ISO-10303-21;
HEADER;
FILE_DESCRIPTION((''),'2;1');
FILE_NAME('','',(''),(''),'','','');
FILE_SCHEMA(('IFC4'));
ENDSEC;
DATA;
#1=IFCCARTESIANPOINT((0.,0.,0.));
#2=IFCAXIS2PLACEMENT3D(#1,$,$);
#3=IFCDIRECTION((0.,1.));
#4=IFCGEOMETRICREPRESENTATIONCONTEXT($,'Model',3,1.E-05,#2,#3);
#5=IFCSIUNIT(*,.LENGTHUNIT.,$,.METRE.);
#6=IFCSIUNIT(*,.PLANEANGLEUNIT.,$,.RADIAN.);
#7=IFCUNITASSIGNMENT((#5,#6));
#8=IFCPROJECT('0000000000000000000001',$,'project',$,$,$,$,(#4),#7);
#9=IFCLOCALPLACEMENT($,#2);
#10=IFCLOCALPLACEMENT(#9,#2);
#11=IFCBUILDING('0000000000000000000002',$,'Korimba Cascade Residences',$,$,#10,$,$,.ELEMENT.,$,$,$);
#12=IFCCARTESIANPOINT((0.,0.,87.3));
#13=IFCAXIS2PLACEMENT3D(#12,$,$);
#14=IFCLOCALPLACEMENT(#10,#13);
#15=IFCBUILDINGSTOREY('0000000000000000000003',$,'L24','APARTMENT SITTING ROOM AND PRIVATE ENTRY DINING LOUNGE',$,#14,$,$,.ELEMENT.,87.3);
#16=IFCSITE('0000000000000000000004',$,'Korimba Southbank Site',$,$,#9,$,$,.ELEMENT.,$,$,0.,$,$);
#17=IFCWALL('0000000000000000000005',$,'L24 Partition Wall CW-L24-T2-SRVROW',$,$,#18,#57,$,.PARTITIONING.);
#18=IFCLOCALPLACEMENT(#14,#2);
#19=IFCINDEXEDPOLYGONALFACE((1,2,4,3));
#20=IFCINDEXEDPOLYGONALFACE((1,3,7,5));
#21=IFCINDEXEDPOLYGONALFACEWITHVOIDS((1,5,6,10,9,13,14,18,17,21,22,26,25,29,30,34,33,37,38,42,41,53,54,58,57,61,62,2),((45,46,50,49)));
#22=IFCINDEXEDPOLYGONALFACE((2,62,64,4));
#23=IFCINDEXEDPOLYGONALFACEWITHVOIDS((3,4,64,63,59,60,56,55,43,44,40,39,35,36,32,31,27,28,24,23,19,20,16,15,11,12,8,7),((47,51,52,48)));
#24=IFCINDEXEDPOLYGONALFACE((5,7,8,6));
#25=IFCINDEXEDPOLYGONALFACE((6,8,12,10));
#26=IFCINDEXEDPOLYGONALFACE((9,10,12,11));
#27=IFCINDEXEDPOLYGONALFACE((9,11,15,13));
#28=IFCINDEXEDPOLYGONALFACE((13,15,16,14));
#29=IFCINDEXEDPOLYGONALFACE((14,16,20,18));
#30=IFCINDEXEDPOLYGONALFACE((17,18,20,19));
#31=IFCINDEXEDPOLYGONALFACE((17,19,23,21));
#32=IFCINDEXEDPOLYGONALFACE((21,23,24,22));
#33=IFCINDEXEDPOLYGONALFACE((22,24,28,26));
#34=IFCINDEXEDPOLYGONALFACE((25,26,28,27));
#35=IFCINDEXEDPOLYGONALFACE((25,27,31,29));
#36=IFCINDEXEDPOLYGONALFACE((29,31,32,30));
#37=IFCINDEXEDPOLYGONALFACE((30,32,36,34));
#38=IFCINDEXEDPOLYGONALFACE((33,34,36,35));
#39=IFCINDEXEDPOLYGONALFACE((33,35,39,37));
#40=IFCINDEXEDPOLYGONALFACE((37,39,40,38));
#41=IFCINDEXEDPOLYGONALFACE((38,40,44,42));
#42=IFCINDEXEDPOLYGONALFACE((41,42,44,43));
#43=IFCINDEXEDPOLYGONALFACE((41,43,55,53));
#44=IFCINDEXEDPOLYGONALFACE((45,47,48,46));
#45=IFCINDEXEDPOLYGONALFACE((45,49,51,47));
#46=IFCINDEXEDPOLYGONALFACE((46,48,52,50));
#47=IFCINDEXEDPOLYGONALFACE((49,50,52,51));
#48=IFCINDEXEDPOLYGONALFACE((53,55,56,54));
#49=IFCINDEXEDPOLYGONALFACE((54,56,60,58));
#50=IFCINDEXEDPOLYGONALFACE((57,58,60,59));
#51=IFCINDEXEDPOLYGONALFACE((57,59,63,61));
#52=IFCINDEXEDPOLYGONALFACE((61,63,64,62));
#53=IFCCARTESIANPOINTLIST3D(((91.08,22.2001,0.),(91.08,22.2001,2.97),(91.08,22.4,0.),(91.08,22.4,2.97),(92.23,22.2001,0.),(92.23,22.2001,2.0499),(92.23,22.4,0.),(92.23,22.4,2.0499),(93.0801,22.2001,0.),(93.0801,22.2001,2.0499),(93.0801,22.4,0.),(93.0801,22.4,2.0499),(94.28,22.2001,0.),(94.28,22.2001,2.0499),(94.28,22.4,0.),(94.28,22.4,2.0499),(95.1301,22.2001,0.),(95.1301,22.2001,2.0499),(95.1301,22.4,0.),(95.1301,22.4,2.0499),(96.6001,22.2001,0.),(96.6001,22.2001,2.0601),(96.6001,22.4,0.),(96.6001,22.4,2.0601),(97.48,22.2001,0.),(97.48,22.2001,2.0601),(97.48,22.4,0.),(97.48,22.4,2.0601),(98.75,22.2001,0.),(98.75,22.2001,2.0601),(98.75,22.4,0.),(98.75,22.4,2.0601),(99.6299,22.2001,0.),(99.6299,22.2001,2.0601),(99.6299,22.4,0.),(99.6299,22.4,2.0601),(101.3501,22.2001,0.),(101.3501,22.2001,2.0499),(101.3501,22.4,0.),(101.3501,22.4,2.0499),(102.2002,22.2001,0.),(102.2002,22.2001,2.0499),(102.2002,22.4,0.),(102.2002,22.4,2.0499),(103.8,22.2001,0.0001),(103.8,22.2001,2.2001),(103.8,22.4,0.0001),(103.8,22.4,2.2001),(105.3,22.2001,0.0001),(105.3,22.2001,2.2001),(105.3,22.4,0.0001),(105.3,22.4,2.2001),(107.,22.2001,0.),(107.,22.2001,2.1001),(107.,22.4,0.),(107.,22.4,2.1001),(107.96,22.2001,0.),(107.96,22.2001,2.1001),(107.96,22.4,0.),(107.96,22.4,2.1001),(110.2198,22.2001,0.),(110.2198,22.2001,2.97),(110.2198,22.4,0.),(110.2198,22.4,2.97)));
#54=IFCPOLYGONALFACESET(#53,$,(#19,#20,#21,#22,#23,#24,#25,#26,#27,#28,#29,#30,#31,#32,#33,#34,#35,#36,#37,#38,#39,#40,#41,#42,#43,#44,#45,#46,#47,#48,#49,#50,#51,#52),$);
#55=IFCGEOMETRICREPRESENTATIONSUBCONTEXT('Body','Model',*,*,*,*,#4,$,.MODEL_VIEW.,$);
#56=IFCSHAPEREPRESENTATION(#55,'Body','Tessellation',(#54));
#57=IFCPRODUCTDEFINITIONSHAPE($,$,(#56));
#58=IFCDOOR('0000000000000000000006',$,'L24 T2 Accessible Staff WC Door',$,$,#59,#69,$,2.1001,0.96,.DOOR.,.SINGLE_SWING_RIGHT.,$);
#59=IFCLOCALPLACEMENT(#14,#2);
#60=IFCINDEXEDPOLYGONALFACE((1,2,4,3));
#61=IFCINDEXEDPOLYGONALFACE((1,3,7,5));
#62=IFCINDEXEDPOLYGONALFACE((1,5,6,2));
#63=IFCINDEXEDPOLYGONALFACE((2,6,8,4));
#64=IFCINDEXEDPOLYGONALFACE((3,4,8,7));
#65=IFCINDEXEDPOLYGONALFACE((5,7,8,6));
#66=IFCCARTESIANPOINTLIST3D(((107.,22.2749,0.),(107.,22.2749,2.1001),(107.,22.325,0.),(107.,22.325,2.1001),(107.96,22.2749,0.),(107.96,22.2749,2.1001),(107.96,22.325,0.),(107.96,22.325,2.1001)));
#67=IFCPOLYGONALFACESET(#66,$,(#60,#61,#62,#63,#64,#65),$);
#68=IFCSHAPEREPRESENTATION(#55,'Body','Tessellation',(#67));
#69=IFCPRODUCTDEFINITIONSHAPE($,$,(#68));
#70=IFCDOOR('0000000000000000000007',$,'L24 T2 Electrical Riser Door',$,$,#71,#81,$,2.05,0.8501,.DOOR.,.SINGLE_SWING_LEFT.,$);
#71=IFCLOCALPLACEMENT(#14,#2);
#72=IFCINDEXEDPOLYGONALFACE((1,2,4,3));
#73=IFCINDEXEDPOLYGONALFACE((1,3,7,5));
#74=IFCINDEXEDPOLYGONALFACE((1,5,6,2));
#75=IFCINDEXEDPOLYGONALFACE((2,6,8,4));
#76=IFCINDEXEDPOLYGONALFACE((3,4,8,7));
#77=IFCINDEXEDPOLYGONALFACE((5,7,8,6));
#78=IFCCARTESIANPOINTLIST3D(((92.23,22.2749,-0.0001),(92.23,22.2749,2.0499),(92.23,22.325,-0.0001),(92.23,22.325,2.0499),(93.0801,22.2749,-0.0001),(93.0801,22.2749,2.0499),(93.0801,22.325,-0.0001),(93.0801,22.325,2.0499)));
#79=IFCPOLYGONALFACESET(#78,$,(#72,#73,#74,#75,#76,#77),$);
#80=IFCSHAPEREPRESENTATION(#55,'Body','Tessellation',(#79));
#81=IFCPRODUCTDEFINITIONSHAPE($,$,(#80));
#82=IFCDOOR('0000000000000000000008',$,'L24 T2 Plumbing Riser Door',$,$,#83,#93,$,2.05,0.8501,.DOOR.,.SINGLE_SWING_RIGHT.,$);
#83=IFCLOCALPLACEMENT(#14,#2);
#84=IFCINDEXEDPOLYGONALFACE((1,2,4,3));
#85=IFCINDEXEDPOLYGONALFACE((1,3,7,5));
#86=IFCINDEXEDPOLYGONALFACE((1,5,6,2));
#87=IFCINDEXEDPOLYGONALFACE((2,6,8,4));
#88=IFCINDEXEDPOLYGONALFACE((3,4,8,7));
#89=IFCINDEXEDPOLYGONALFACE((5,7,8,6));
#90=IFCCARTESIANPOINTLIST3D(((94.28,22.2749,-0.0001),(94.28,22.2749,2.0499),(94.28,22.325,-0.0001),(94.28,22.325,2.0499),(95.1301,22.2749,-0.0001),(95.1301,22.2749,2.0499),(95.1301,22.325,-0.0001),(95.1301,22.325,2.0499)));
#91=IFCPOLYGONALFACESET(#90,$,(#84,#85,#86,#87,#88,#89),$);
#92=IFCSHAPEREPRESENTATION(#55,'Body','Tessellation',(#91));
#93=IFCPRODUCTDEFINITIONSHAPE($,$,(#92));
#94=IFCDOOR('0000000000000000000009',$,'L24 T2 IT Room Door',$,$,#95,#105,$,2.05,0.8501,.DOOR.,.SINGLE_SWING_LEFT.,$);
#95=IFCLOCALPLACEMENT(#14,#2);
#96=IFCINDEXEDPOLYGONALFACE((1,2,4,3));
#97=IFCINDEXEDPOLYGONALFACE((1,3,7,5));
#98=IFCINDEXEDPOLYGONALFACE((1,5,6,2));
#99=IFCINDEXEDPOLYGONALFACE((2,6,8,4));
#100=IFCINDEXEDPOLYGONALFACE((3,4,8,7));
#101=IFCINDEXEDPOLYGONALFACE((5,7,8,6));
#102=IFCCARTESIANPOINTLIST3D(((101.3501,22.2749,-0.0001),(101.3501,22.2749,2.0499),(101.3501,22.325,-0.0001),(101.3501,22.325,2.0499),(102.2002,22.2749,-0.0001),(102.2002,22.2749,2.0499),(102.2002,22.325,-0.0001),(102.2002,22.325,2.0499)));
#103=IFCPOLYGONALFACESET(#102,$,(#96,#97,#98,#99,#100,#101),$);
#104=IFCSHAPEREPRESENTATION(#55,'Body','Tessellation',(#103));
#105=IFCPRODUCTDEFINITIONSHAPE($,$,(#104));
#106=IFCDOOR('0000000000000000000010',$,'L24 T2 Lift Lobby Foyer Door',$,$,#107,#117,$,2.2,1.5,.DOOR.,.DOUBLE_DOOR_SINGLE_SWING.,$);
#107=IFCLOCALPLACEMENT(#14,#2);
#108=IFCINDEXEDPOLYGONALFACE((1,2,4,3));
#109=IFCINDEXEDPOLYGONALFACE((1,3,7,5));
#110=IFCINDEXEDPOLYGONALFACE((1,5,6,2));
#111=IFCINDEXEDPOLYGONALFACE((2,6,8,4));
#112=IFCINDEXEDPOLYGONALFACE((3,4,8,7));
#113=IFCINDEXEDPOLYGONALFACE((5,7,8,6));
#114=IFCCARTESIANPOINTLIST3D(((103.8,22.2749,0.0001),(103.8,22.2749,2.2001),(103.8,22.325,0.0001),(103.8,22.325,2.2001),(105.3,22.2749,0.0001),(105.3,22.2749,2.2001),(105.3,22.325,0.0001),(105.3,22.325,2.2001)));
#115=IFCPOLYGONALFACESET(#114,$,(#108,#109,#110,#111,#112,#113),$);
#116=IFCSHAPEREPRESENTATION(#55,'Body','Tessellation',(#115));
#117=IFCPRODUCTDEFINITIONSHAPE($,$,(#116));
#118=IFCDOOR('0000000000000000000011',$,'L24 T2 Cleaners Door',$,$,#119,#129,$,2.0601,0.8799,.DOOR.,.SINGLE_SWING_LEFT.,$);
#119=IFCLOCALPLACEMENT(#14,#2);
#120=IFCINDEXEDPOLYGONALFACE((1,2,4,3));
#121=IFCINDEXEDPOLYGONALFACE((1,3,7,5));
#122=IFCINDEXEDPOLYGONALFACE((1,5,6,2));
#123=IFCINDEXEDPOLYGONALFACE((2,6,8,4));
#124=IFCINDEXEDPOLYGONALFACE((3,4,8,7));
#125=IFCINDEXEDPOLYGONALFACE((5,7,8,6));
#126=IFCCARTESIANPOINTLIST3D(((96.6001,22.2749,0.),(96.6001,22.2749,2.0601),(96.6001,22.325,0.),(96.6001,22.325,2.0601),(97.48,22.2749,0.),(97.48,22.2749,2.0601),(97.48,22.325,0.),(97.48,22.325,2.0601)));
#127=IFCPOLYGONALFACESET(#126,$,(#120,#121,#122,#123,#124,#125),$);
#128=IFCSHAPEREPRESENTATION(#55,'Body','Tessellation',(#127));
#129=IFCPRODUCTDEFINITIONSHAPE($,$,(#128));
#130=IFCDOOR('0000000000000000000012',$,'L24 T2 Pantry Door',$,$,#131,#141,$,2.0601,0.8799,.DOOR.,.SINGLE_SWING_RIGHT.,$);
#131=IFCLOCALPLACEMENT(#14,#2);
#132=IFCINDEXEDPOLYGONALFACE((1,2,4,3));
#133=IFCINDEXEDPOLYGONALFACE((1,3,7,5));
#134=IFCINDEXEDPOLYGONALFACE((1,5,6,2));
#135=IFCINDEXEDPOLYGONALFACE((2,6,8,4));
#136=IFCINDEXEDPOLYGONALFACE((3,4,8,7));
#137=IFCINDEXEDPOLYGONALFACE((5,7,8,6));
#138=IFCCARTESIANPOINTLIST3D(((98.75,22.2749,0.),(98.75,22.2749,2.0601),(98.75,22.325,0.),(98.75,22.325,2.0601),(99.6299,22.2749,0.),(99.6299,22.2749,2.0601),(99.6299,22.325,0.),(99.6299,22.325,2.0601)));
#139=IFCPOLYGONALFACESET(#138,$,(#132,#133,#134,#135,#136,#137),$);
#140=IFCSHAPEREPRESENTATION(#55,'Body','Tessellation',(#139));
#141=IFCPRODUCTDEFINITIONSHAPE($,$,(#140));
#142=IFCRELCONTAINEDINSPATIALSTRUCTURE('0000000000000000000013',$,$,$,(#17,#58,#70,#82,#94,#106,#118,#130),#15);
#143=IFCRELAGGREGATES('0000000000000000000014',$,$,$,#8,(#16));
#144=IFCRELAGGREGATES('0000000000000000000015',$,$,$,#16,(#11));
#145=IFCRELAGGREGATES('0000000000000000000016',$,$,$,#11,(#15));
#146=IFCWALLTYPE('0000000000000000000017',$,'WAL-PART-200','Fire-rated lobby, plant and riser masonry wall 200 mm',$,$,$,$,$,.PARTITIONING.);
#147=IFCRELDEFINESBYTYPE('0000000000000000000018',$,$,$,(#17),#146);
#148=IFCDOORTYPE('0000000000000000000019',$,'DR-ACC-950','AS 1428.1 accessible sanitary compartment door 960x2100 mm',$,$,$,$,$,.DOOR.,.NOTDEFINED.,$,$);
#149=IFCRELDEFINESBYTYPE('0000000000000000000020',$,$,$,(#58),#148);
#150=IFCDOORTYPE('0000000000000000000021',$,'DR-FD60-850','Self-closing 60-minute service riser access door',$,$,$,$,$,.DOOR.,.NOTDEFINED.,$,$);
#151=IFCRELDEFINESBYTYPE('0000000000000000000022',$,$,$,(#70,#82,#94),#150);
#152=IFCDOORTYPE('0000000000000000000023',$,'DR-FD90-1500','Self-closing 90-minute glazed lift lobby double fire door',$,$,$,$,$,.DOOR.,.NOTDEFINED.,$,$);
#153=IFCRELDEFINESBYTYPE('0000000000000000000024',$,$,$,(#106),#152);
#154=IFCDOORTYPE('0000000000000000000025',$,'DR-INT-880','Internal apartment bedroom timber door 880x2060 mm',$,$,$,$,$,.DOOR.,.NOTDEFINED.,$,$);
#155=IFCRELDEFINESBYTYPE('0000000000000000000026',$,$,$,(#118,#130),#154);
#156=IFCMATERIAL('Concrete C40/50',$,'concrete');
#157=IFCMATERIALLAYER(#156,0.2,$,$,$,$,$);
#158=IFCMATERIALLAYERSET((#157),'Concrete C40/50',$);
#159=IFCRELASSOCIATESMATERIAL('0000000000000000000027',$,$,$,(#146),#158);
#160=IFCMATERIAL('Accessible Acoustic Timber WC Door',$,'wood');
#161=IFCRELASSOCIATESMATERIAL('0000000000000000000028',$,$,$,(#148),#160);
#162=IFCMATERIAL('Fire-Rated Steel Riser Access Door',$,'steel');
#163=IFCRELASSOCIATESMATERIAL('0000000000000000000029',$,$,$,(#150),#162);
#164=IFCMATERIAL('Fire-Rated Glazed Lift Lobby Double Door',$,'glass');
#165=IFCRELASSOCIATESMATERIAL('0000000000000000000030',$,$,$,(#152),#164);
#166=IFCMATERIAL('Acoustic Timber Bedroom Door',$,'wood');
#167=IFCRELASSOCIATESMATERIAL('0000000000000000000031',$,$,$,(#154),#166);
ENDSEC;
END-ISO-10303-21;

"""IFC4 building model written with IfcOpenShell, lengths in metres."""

from ifc_helpers import new_model, si_unit, direction, frame, frame_2d, origin, place, context, subcontext, project, spatial, rectangle, extrude, material, layer, layer_set, type_object, element, fill, save


model = new_model("IFC4")

# Units and contexts
model_context = context("Model", 3, precision=1e-05, world=origin(), true_north=direction((0.0, 1.0)))
body_context = subcontext(model_context, "Body", "Model", "MODEL_VIEW")
ifc_project = project(units=[si_unit("LENGTHUNIT", "METRE"), si_unit("PLANEANGLEUNIT", "RADIAN")], contexts=[model_context])

# Site, building, storey
site_placement = place(None, origin())
site = spatial("IfcSite", under=ifc_project, at=site_placement, Name="Korimba Southbank Site", CompositionType="ELEMENT", RefElevation=0.0)
building_placement = place(site_placement, origin())
building = spatial("IfcBuilding", under=site, at=building_placement, Name="Korimba Cascade Residences", CompositionType="ELEMENT")
storey_placement = place(building_placement, frame((0.0, 0.0, 87.3)))
storey = spatial("IfcBuildingStorey", under=building, at=storey_placement, Name="L24", Description="APARTMENT SITTING ROOM AND PRIVATE ENTRY DINING LOUNGE", CompositionType="ELEMENT", Elevation=87.3)

# Shared definitions
ifc_material_1 = material(Name="Concrete C40/50", Category="concrete")
ifc_layer_1 = layer(ifc_material_1, 0.2)
ifc_layer_set_1 = layer_set([ifc_layer_1], Name="Concrete C40/50")
wall_type_1 = type_object("IfcWallType", Name="WAL-PART-200", Description="Fire-rated lobby, plant and riser masonry wall 200 mm", PredefinedType="PARTITIONING", material=ifc_layer_set_1)

# Wall, openings, doors
wall_1_placement = place(storey_placement, frame((91.0801, 22.3, 0.0), z_axis=(0.0, 0.0, 1.0), x_axis=(1.0, 0.0, 0.0)))
wall_1 = element("IfcWall", 1, at=wall_1_placement, inside=storey, type_object=wall_type_1, Name="L24 Partition Wall CW-L24-T2-SRVROW", PredefinedType="PARTITIONING", context=body_context, shape_type="SweptSolid", body=[
    extrude(rectangle(XDim=19.1399, YDim=0.2, at=frame_2d((9.5698, 0.0))), origin(), (0.0, 0.0, 1.0), 2.97),
])
opening_1_placement = place(wall_1_placement, frame((1.1499, 0.0, 0.0)))
opening_1 = element("IfcOpeningElement", 2, at=opening_1_placement, cuts=wall_1, PredefinedType="OPENING", context=body_context, shape_type="SweptSolid", body=[
    extrude(rectangle(XDim=0.8501, YDim=2.05, at=frame_2d((0.425, 1.0249))), frame((0.0, 0.1099, 0.0), z_axis=(0.0, -1.0, 0.0), x_axis=(1.0, 0.0, 0.0)), (0.0, 0.0, 1.0), 0.22),
])
opening_2_placement = place(wall_1_placement, frame((3.2, 0.0, 0.0)))
opening_2 = element("IfcOpeningElement", 3, at=opening_2_placement, cuts=wall_1, PredefinedType="OPENING", context=body_context, shape_type="SweptSolid", body=[
    extrude(rectangle(XDim=0.8501, YDim=2.05, at=frame_2d((0.425, 1.0249))), frame((0.0, 0.1099, 0.0), z_axis=(0.0, -1.0, 0.0), x_axis=(1.0, 0.0, 0.0)), (0.0, 0.0, 1.0), 0.22),
])
opening_3_placement = place(wall_1_placement, frame((12.72, 0.0, 0.0)))
opening_3 = element("IfcOpeningElement", 4, at=opening_3_placement, cuts=wall_1, PredefinedType="OPENING", context=body_context, shape_type="SweptSolid", body=[
    extrude(rectangle(XDim=1.5, YDim=2.2, at=frame_2d((0.75, 1.1001))), frame((0.0, 0.1099, 0.0), z_axis=(0.0, -1.0, 0.0), x_axis=(1.0, 0.0, 0.0)), (0.0, 0.0, 1.0), 0.22),
])
opening_4_placement = place(wall_1_placement, frame((5.52, 0.0, 0.0)))
opening_4 = element("IfcOpeningElement", 5, at=opening_4_placement, cuts=wall_1, PredefinedType="OPENING", context=body_context, shape_type="SweptSolid", body=[
    extrude(rectangle(XDim=0.8799, YDim=2.0601, at=frame_2d((0.4399, 1.03))), frame((0.0, 0.1099, 0.0), z_axis=(0.0, -1.0, 0.0), x_axis=(1.0, 0.0, 0.0)), (0.0, 0.0, 1.0), 0.22),
])
opening_5_placement = place(wall_1_placement, frame((7.6699, 0.0, 0.0)))
opening_5 = element("IfcOpeningElement", 6, at=opening_5_placement, cuts=wall_1, PredefinedType="OPENING", context=body_context, shape_type="SweptSolid", body=[
    extrude(rectangle(XDim=0.8799, YDim=2.0601, at=frame_2d((0.4399, 1.03))), frame((0.0, 0.1099, 0.0), z_axis=(0.0, -1.0, 0.0), x_axis=(1.0, 0.0, 0.0)), (0.0, 0.0, 1.0), 0.22),
])
opening_6_placement = place(wall_1_placement, frame((10.27, 0.0, 0.0)))
opening_6 = element("IfcOpeningElement", 7, at=opening_6_placement, cuts=wall_1, PredefinedType="OPENING", context=body_context, shape_type="SweptSolid", body=[
    extrude(rectangle(XDim=0.8501, YDim=2.05, at=frame_2d((0.425, 1.0249))), frame((0.0, 0.1099, 0.0), z_axis=(0.0, -1.0, 0.0), x_axis=(1.0, 0.0, 0.0)), (0.0, 0.0, 1.0), 0.22),
])
opening_7_placement = place(wall_1_placement, frame((15.9199, 0.0, 0.0)))
opening_7 = element("IfcOpeningElement", 8, at=opening_7_placement, cuts=wall_1, PredefinedType="OPENING", context=body_context, shape_type="SweptSolid", body=[
    extrude(rectangle(XDim=0.96, YDim=2.1001, at=frame_2d((0.48, 1.05))), frame((0.0, 0.1099, 0.0), z_axis=(0.0, -1.0, 0.0), x_axis=(1.0, 0.0, 0.0)), (0.0, 0.0, 1.0), 0.22),
])
ifc_material_2 = material(Name="Accessible Acoustic Timber WC Door", Category="wood")
door_type_1 = type_object("IfcDoorType", Name="DR-ACC-950", Description="AS 1428.1 accessible sanitary compartment door 960x2100 mm", OperationType="NOTDEFINED", PredefinedType="DOOR", material=ifc_material_2)
door_1_placement = place(opening_7_placement, origin())
door_1 = element("IfcDoor", 9, at=door_1_placement, inside=storey, type_object=door_type_1, Name="L24 T2 Accessible Staff WC Door", OperationType="SINGLE_SWING_RIGHT", OverallHeight=2.1001, OverallWidth=0.96, PredefinedType="DOOR", context=body_context, shape_type="SweptSolid", body=[
    extrude(rectangle(XDim=0.96, YDim=2.1001, at=frame_2d((0.48, 1.05))), frame((0.0, 0.0249, 0.0), z_axis=(0.0, -1.0, 0.0), x_axis=(1.0, 0.0, 0.0)), (0.0, 0.0, 1.0), 0.05),
])
fill(opening_7, door_1)
ifc_material_3 = material(Name="Fire-Rated Steel Riser Access Door", Category="steel")
door_type_2 = type_object("IfcDoorType", Name="DR-FD60-850", Description="Self-closing 60-minute service riser access door", OperationType="NOTDEFINED", PredefinedType="DOOR", material=ifc_material_3)
door_2_placement = place(opening_1_placement, origin())
door_2 = element("IfcDoor", 10, at=door_2_placement, inside=storey, type_object=door_type_2, Name="L24 T2 Electrical Riser Door", OperationType="SINGLE_SWING_LEFT", OverallHeight=2.05, OverallWidth=0.8501, PredefinedType="DOOR", context=body_context, shape_type="SweptSolid", body=[
    extrude(rectangle(XDim=0.8501, YDim=2.05, at=frame_2d((0.425, 1.0249))), frame((0.0, 0.0249, 0.0), z_axis=(0.0, -1.0, 0.0), x_axis=(1.0, 0.0, 0.0)), (0.0, 0.0, 1.0), 0.05),
])
fill(opening_1, door_2)
door_3_placement = place(opening_2_placement, origin())
door_3 = element("IfcDoor", 11, at=door_3_placement, inside=storey, type_object=door_type_2, Name="L24 T2 Plumbing Riser Door", OperationType="SINGLE_SWING_RIGHT", OverallHeight=2.05, OverallWidth=0.8501, PredefinedType="DOOR", context=body_context, shape_type="SweptSolid", body=[
    extrude(rectangle(XDim=0.8501, YDim=2.05, at=frame_2d((0.425, 1.0249))), frame((0.0, 0.0249, 0.0), z_axis=(0.0, -1.0, 0.0), x_axis=(1.0, 0.0, 0.0)), (0.0, 0.0, 1.0), 0.05),
])
fill(opening_2, door_3)
door_4_placement = place(opening_6_placement, origin())
door_4 = element("IfcDoor", 12, at=door_4_placement, inside=storey, type_object=door_type_2, Name="L24 T2 IT Room Door", OperationType="SINGLE_SWING_LEFT", OverallHeight=2.05, OverallWidth=0.8501, PredefinedType="DOOR", context=body_context, shape_type="SweptSolid", body=[
    extrude(rectangle(XDim=0.8501, YDim=2.05, at=frame_2d((0.425, 1.0249))), frame((0.0, 0.0249, 0.0), z_axis=(0.0, -1.0, 0.0), x_axis=(1.0, 0.0, 0.0)), (0.0, 0.0, 1.0), 0.05),
])
fill(opening_6, door_4)
ifc_material_4 = material(Name="Fire-Rated Glazed Lift Lobby Double Door", Category="glass")
door_type_3 = type_object("IfcDoorType", Name="DR-FD90-1500", Description="Self-closing 90-minute glazed lift lobby double fire door", OperationType="NOTDEFINED", PredefinedType="DOOR", material=ifc_material_4)
door_5_placement = place(opening_3_placement, origin())
door_5 = element("IfcDoor", 13, at=door_5_placement, inside=storey, type_object=door_type_3, Name="L24 T2 Lift Lobby Foyer Door", OperationType="DOUBLE_DOOR_SINGLE_SWING", OverallHeight=2.2, OverallWidth=1.5, PredefinedType="DOOR", context=body_context, shape_type="SweptSolid", body=[
    extrude(rectangle(XDim=1.5, YDim=2.2, at=frame_2d((0.75, 1.1001))), frame((0.0, 0.0249, 0.0), z_axis=(0.0, -1.0, 0.0), x_axis=(1.0, 0.0, 0.0)), (0.0, 0.0, 1.0), 0.05),
])
fill(opening_3, door_5)
ifc_material_5 = material(Name="Acoustic Timber Bedroom Door", Category="wood")
door_type_4 = type_object("IfcDoorType", Name="DR-INT-880", Description="Internal apartment bedroom timber door 880x2060 mm", OperationType="NOTDEFINED", PredefinedType="DOOR", material=ifc_material_5)
door_6_placement = place(opening_4_placement, origin())
door_6 = element("IfcDoor", 14, at=door_6_placement, inside=storey, type_object=door_type_4, Name="L24 T2 Cleaners Door", OperationType="SINGLE_SWING_LEFT", OverallHeight=2.0601, OverallWidth=0.8799, PredefinedType="DOOR", context=body_context, shape_type="SweptSolid", body=[
    extrude(rectangle(XDim=0.8799, YDim=2.0601, at=frame_2d((0.4399, 1.03))), frame((0.0, 0.0249, 0.0), z_axis=(0.0, -1.0, 0.0), x_axis=(1.0, 0.0, 0.0)), (0.0, 0.0, 1.0), 0.05),
])
fill(opening_4, door_6)
door_7_placement = place(opening_5_placement, origin())
door_7 = element("IfcDoor", 15, at=door_7_placement, inside=storey, type_object=door_type_4, Name="L24 T2 Pantry Door", OperationType="SINGLE_SWING_RIGHT", OverallHeight=2.0601, OverallWidth=0.8799, PredefinedType="DOOR", context=body_context, shape_type="SweptSolid", body=[
    extrude(rectangle(XDim=0.8799, YDim=2.0601, at=frame_2d((0.4399, 1.03))), frame((0.0, 0.0249, 0.0), z_axis=(0.0, -1.0, 0.0), x_axis=(1.0, 0.0, 0.0)), (0.0, 0.0, 1.0), 0.05),
])
fill(opening_5, door_7)

save(model, "model.ifc")
